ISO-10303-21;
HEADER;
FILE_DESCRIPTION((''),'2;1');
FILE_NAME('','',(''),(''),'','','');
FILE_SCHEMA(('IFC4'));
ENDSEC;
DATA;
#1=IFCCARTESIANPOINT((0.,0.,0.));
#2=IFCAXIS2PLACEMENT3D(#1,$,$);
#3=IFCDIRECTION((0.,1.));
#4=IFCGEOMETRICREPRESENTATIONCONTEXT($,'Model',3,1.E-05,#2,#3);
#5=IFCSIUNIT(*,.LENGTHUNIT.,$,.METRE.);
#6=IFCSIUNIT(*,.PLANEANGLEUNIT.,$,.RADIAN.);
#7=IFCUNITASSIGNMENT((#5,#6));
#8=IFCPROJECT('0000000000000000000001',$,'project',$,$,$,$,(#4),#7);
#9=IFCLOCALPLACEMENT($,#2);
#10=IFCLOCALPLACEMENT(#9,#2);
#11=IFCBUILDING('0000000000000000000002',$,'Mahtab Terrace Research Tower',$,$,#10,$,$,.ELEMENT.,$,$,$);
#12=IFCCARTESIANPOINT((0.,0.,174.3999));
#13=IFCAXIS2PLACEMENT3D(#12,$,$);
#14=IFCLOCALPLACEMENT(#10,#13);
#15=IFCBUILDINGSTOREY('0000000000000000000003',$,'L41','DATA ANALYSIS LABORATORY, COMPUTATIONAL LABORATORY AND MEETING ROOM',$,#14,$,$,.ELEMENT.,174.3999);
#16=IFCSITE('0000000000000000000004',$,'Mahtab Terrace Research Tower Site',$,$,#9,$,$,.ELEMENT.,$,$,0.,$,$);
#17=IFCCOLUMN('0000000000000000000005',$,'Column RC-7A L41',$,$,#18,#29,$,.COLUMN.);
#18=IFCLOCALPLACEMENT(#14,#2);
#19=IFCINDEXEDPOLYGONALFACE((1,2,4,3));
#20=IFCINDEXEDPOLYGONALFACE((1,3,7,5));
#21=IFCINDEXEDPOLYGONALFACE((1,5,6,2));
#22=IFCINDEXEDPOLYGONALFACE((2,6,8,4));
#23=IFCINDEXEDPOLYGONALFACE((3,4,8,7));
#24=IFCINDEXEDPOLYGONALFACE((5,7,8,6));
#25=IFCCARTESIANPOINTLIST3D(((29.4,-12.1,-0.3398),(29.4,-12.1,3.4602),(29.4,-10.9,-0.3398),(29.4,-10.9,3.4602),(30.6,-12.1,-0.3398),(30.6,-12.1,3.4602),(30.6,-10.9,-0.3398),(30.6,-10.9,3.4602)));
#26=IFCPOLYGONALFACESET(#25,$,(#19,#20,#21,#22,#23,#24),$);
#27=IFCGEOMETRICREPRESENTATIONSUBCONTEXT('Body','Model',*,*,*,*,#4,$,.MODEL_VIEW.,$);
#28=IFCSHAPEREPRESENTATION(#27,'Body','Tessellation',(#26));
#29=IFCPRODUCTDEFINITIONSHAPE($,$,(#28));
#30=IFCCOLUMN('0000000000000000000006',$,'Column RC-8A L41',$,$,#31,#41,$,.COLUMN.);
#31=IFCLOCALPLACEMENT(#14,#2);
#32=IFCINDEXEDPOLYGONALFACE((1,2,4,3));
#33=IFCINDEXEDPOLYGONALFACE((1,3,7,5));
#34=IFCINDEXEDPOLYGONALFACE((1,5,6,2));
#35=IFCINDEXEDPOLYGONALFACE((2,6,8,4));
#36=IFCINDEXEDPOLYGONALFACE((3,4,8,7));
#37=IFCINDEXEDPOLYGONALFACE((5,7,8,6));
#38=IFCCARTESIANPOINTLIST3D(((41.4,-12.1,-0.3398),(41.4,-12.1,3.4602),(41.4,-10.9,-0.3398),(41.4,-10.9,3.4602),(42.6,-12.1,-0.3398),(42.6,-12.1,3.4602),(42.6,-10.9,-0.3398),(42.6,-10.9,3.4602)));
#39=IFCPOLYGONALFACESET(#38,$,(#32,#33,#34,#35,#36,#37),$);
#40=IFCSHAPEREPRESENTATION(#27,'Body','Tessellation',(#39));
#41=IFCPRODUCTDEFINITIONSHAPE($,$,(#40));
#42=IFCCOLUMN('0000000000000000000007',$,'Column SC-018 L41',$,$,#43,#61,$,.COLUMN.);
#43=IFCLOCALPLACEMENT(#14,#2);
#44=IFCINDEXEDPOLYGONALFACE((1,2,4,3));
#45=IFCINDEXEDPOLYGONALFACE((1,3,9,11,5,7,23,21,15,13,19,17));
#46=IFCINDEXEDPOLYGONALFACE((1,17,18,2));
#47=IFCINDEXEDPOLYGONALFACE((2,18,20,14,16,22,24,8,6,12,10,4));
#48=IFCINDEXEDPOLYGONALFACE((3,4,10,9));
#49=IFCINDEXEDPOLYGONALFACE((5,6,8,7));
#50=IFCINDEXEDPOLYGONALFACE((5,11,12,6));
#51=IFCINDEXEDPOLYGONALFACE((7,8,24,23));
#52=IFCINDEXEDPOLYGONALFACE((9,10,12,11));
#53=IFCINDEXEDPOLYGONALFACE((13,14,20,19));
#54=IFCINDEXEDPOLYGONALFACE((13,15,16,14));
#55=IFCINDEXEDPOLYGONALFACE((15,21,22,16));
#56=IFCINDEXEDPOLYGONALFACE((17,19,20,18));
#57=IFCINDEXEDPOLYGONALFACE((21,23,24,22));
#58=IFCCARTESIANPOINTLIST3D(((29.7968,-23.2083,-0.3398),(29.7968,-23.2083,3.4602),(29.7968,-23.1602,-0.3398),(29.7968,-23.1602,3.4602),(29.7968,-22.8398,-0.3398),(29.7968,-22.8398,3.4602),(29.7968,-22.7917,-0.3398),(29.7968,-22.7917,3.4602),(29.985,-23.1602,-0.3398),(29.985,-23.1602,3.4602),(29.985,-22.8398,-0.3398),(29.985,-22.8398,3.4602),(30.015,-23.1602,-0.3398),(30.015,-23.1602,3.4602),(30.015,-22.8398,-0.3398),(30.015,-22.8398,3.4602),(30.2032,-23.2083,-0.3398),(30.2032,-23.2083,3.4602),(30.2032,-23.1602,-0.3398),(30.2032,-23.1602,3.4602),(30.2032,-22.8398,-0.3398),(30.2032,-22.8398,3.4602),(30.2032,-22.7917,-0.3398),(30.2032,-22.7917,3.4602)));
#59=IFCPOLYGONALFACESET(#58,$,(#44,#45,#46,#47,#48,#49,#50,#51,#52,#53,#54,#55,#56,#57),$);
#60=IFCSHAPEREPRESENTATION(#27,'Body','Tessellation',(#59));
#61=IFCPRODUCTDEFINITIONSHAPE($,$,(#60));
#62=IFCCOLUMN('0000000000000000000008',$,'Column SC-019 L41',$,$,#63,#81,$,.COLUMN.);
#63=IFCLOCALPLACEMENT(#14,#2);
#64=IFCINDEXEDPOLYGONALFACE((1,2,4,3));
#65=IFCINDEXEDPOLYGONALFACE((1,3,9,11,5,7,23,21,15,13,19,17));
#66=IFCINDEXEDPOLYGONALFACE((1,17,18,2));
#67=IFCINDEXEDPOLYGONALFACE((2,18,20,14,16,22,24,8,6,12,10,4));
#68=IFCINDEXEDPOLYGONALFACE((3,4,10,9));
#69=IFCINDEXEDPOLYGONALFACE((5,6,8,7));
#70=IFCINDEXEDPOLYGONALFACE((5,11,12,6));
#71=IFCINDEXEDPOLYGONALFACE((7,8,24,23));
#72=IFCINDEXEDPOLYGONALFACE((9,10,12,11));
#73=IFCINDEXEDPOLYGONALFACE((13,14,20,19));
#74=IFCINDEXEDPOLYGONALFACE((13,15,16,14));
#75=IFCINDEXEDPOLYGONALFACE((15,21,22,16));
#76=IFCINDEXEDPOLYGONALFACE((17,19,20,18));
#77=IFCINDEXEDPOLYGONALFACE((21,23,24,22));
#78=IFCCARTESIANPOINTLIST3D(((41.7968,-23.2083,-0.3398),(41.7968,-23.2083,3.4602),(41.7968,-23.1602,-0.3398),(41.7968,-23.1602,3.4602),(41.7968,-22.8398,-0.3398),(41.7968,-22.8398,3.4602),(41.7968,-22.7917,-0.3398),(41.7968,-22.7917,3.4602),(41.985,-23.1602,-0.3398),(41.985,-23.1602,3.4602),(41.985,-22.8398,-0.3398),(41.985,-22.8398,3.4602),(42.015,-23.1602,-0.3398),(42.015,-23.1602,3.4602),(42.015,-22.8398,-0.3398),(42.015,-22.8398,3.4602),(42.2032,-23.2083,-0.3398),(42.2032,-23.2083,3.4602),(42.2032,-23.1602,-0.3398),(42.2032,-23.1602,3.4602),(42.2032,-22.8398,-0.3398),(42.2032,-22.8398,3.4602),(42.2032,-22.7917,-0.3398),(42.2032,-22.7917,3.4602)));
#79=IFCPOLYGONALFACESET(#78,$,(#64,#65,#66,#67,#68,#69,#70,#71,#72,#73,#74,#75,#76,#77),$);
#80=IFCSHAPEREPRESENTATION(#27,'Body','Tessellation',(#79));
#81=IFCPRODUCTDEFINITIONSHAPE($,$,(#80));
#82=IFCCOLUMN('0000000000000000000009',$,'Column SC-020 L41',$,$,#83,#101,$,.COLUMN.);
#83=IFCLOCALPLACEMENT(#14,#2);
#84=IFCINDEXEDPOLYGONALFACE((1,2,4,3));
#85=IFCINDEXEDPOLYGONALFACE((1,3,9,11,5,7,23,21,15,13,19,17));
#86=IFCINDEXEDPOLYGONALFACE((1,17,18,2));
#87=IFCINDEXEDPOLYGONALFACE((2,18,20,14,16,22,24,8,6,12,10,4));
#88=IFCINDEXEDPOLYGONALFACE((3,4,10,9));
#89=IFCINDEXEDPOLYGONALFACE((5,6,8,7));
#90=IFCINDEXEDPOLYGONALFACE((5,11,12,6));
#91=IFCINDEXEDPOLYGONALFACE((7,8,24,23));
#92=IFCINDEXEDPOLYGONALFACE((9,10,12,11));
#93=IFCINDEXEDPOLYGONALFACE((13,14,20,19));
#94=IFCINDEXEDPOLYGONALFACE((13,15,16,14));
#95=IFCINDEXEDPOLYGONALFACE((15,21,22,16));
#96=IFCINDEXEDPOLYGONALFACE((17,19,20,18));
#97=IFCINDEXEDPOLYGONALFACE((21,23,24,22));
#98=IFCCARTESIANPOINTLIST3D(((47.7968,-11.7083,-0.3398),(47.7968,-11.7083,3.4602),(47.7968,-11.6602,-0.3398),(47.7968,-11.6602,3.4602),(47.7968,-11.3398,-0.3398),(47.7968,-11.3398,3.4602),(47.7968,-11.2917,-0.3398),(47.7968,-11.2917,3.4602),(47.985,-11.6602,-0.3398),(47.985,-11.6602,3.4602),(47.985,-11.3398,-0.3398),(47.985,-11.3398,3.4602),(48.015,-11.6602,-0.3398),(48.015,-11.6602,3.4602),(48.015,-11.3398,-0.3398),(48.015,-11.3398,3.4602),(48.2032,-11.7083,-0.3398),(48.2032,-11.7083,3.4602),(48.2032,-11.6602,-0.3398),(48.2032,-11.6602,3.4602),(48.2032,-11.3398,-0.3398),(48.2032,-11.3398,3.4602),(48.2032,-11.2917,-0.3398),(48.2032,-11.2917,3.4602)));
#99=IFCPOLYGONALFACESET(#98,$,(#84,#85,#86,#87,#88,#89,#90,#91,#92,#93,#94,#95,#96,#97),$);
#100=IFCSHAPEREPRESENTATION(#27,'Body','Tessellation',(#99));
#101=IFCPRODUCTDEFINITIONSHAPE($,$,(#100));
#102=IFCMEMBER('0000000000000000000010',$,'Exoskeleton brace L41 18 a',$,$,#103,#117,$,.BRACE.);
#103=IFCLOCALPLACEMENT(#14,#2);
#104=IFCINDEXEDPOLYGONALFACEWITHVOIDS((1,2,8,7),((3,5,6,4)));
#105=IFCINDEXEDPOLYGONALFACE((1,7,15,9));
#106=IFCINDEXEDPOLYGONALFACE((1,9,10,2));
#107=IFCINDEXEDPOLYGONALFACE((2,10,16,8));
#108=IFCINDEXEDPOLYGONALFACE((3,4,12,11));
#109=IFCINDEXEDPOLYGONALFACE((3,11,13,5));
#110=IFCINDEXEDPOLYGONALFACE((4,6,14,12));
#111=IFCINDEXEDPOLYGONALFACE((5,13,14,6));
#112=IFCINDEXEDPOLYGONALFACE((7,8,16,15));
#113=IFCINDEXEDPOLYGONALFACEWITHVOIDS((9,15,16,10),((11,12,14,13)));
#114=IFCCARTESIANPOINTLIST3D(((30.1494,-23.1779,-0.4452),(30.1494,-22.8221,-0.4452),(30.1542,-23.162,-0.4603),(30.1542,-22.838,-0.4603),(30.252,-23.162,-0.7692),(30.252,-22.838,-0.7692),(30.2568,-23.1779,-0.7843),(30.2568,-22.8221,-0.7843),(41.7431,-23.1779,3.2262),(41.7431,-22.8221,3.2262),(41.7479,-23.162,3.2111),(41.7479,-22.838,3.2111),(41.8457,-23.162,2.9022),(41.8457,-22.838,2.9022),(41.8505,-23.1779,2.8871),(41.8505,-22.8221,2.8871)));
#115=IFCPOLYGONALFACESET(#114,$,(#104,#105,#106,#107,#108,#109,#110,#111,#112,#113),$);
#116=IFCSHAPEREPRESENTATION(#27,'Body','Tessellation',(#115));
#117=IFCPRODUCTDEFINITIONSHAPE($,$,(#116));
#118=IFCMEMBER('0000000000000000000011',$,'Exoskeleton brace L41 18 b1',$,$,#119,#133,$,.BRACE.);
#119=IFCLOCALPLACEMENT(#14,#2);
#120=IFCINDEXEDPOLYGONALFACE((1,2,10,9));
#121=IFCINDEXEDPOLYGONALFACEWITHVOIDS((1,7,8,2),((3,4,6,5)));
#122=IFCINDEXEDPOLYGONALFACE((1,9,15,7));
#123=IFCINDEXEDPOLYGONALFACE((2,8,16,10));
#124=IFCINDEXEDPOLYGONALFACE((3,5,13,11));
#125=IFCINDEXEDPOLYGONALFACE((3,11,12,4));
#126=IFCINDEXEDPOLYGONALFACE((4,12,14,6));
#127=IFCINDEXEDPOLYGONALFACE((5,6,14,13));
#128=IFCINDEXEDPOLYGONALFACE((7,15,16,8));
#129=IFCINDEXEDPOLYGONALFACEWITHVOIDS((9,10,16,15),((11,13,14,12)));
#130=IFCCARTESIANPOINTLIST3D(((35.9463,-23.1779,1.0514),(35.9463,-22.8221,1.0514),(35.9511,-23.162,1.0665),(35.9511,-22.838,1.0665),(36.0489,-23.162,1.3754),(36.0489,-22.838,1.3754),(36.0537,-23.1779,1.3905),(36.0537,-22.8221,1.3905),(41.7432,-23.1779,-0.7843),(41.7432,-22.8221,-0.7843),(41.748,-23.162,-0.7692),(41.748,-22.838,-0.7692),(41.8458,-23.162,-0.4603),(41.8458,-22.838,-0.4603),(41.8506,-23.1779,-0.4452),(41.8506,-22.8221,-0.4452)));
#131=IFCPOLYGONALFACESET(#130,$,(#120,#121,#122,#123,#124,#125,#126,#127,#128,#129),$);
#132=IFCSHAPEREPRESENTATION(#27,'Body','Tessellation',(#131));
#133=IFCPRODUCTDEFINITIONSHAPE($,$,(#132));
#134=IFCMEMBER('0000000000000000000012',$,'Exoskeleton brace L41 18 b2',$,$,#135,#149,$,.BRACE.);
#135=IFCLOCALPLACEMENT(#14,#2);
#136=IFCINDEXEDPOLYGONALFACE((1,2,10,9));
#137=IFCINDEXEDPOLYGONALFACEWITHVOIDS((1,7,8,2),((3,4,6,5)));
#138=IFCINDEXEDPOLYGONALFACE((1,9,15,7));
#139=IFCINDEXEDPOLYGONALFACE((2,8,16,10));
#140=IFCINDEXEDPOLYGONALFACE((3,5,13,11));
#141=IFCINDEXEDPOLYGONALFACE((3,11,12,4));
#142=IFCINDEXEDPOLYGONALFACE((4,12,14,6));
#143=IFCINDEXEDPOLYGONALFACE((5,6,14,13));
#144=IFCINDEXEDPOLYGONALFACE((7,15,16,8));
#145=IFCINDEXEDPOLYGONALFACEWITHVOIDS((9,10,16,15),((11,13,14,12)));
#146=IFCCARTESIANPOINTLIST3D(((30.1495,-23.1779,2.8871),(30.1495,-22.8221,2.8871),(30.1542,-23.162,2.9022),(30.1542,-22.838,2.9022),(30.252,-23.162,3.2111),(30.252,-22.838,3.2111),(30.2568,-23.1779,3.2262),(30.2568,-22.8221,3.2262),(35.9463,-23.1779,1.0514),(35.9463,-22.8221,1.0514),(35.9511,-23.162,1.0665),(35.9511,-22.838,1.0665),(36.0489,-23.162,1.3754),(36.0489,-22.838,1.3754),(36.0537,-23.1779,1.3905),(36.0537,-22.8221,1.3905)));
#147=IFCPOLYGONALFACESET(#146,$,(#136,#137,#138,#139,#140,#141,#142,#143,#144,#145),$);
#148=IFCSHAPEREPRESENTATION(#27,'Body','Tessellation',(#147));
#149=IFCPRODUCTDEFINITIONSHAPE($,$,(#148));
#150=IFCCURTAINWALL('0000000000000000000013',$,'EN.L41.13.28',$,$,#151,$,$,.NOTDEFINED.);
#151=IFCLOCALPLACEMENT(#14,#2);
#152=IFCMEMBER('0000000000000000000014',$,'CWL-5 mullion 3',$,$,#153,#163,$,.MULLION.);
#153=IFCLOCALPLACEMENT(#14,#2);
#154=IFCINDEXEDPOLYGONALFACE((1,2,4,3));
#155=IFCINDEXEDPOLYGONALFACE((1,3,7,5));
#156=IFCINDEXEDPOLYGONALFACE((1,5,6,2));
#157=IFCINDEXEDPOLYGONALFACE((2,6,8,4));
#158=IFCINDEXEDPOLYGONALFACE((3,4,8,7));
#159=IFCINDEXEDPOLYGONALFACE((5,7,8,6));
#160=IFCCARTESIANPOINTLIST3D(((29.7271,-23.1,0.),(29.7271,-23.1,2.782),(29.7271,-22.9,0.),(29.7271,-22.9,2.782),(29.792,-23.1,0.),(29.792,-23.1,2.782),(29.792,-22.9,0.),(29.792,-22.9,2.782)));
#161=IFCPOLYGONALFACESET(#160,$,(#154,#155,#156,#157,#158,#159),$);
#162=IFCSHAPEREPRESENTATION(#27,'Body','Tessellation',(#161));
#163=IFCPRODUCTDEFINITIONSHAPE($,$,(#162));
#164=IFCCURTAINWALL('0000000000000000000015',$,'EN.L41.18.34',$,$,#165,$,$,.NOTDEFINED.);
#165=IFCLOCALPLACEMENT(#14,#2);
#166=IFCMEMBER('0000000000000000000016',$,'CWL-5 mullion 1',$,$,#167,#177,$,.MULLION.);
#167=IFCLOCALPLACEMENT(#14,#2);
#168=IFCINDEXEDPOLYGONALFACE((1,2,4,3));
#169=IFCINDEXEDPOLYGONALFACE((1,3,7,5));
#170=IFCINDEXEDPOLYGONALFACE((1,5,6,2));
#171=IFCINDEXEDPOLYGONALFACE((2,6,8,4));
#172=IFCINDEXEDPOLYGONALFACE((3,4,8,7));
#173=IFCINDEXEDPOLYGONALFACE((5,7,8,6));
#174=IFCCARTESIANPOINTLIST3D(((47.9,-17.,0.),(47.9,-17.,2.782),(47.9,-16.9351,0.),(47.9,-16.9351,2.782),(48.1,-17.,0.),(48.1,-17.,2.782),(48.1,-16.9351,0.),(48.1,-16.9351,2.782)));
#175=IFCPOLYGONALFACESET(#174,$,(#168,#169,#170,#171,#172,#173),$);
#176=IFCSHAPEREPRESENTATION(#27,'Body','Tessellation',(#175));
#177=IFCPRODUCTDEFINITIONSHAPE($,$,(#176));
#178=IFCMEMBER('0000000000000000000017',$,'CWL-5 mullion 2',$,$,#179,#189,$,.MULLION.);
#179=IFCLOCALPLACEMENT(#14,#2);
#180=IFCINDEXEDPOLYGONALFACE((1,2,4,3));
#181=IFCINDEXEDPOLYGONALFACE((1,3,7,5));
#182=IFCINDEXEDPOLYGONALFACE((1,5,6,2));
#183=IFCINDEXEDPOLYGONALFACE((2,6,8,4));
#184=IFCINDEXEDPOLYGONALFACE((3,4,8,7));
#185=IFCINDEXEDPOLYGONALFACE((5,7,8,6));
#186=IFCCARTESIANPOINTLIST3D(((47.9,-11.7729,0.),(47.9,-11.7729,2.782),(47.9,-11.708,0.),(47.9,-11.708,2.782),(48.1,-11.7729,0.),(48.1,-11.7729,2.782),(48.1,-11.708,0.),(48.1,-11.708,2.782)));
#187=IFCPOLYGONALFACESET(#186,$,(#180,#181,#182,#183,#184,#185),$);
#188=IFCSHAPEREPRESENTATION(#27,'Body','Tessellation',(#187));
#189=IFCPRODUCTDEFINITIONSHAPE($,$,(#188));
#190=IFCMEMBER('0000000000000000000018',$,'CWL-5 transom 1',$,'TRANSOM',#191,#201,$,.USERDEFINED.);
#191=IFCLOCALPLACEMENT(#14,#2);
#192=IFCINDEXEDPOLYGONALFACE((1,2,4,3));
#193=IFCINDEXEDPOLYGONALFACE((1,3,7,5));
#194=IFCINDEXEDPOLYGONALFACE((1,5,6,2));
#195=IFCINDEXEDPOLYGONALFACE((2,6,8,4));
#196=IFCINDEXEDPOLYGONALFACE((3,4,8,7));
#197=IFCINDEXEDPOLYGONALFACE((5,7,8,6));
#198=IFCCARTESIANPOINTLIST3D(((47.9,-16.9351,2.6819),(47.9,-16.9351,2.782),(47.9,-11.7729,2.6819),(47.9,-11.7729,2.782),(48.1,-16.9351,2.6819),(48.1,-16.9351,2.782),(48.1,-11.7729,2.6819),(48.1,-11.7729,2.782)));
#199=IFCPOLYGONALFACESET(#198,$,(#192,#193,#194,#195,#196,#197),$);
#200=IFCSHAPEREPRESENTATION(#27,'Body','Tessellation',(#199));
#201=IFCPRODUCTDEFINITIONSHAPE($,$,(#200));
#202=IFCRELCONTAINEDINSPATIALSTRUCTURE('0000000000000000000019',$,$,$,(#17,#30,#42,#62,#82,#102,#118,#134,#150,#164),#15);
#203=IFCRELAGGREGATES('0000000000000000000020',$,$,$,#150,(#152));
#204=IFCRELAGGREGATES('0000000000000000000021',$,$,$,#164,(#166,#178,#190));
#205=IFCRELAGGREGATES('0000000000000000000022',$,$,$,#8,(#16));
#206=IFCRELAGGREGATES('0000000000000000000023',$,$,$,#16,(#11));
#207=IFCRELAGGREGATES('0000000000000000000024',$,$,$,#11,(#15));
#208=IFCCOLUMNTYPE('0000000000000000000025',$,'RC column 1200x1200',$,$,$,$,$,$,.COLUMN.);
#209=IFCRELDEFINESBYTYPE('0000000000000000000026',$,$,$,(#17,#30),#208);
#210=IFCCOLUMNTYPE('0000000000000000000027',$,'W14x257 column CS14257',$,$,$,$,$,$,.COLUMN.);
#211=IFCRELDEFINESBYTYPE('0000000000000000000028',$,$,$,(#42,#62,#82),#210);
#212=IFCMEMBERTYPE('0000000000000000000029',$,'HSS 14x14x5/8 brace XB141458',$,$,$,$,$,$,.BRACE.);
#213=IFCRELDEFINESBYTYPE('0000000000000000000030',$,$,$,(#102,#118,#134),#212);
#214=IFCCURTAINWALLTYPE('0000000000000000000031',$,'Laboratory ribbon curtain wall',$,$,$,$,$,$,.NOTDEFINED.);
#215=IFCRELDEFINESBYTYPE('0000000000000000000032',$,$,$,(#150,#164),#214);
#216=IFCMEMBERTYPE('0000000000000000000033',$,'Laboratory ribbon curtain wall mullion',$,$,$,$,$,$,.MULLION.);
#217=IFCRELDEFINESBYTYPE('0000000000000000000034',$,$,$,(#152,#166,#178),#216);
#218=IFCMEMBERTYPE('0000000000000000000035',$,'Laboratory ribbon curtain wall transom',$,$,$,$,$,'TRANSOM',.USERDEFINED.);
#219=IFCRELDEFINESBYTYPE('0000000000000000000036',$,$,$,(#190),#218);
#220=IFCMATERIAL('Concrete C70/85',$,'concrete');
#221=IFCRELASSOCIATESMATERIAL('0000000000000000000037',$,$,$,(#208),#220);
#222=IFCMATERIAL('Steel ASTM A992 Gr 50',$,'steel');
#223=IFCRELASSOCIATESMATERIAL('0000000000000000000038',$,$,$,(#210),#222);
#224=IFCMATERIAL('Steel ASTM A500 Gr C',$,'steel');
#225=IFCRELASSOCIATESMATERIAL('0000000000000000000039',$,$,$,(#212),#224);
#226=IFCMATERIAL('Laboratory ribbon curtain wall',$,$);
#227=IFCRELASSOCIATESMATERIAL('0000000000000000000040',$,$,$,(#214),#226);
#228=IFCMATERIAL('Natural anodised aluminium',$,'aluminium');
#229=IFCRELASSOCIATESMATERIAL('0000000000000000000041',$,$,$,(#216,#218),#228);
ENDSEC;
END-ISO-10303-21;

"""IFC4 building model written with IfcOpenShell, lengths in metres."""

from ifc_helpers import new_model, si_unit, direction, frame, origin, origin_2d, place, context, subcontext, project, spatial, rectangle, hollow_rectangle, i_section, extrude, material, material_profile, profile_set, type_object, element, aggregate, save


model = new_model("IFC4")

# Units and contexts
model_context = context("Model", 3, precision=1e-05, world=origin(), true_north=direction((0.0, 1.0)))
body_context = subcontext(model_context, "Body", "Model", "MODEL_VIEW")
ifc_project = project(units=[si_unit("LENGTHUNIT", "METRE"), si_unit("PLANEANGLEUNIT", "RADIAN")], contexts=[model_context])

# Site, building, storey
site_placement = place(None, origin())
site = spatial("IfcSite", under=ifc_project, at=site_placement, Name="Mahtab Terrace Research Tower Site", CompositionType="ELEMENT", RefElevation=0.0)
building_placement = place(site_placement, origin())
building = spatial("IfcBuilding", under=site, at=building_placement, Name="Mahtab Terrace Research Tower", CompositionType="ELEMENT")
storey_placement = place(building_placement, frame((0.0, 0.0, 174.3999)))
storey = spatial("IfcBuildingStorey", under=building, at=storey_placement, Name="L41", Description="DATA ANALYSIS LABORATORY, COMPUTATIONAL LABORATORY AND MEETING ROOM", CompositionType="ELEMENT", Elevation=174.3999)

# Columns
ifc_material_1 = material(Name="Concrete C70/85", Category="concrete")
ifc_material_profile_1 = material_profile(ifc_material_1, rectangle(XDim=1.2, YDim=1.2, at=origin_2d()), Name="RC column 1200x1200")
ifc_profile_set_1 = profile_set([ifc_material_profile_1], Name="Concrete C70/85")
column_type_1 = type_object("IfcColumnType", Name="RC column 1200x1200", PredefinedType="COLUMN", material=ifc_profile_set_1)
for number, where, z_axis, x_axis, name in (
    (1, (30.0, -11.5, -0.3398), (0.0, 0.0, 1.0), (1.0, 0.0, 0.0), "Column RC-7A L41"),
    (2, (42.0, -11.5, -0.3398), (0.0, 0.0, 1.0), (1.0, 0.0, 0.0), "Column RC-8A L41"),
):
    element("IfcColumn", number, at=place(storey_placement, frame(where, z_axis=z_axis, x_axis=x_axis)), inside=storey, type_object=column_type_1, Name=name, PredefinedType="COLUMN", context=body_context, shape_type="SweptSolid", body=[
        extrude(rectangle(XDim=1.2, YDim=1.2, at=origin_2d()), origin(), (0.0, 0.0, 1.0), 3.8),
    ])
ifc_material_2 = material(Name="Steel ASTM A992 Gr 50", Category="steel")
ifc_material_profile_2 = material_profile(ifc_material_2, i_section(OverallWidth=0.4065, OverallDepth=0.4165, WebThickness=0.03, FlangeThickness=0.0481, at=origin_2d()), Name="W14X257")
ifc_profile_set_2 = profile_set([ifc_material_profile_2], Name="Steel ASTM A992 Gr 50")
column_type_2 = type_object("IfcColumnType", Name="W14x257 column CS14257", PredefinedType="COLUMN", material=ifc_profile_set_2)
for number, where, z_axis, x_axis, name in (
    (3, (30.0, -23.0, -0.3398), (0.0, 0.0, 1.0), (1.0, 0.0, 0.0), "Column SC-018 L41"),
    (4, (42.0, -23.0, -0.3398), (0.0, 0.0, 1.0), (1.0, 0.0, 0.0), "Column SC-019 L41"),
    (5, (48.0, -11.5, -0.3398), (0.0, 0.0, 1.0), (1.0, 0.0, 0.0), "Column SC-020 L41"),
):
    element("IfcColumn", number, at=place(storey_placement, frame(where, z_axis=z_axis, x_axis=x_axis)), inside=storey, type_object=column_type_2, Name=name, PredefinedType="COLUMN", context=body_context, shape_type="SweptSolid", body=[
        extrude(i_section(OverallWidth=0.4065, OverallDepth=0.4165, WebThickness=0.03, FlangeThickness=0.0481, at=origin_2d()), origin(), (0.0, 0.0, 1.0), 3.8),
    ])

# Members
ifc_material_3 = material(Name="Steel ASTM A500 Gr C", Category="steel")
ifc_material_profile_3 = material_profile(ifc_material_3, hollow_rectangle(XDim=0.3557, YDim=0.3557, WallThickness=0.0159, at=origin_2d()), Name="HSS14X14X5/8")
ifc_profile_set_3 = profile_set([ifc_material_profile_3], Name="Steel ASTM A500 Gr C")
member_type_1 = type_object("IfcMemberType", Name="HSS 14x14x5/8 brace XB141458", PredefinedType="BRACE", material=ifc_profile_set_3)
member_1_placement = place(storey_placement, frame((30.2031, -23.0, -0.6147), z_axis=(0.953341, 0.0, 0.301894), x_axis=(0.0, 1.0, 0.0)))
element("IfcMember", 6, at=member_1_placement, inside=storey, type_object=member_type_1, Name="Exoskeleton brace L41 18 a", PredefinedType="BRACE", context=body_context, shape_type="SweptSolid", body=[
    extrude(hollow_rectangle(XDim=0.3557, YDim=0.3557, WallThickness=0.0159, at=origin_2d()), origin(), (0.0, 0.0, 1.0), 12.1611),
])
for number, where, z_axis, x_axis, name in (
    (7, (41.7969, -23.0, -0.6147), (-0.953341, 0.0, 0.301894), (0.0, -1.0, 0.0), "Exoskeleton brace L41 18 b1"),
    (8, (36.0, -23.0, 1.2209), (-0.953341, 0.0, 0.301894), (0.0, -1.0, 0.0), "Exoskeleton brace L41 18 b2"),
):
    element("IfcMember", number, at=place(storey_placement, frame(where, z_axis=z_axis, x_axis=x_axis)), inside=storey, type_object=member_type_1, Name=name, PredefinedType="BRACE", context=body_context, shape_type="SweptSolid", body=[
        extrude(hollow_rectangle(XDim=0.3557, YDim=0.3557, WallThickness=0.0159, at=origin_2d()), origin(), (0.0, 0.0, 1.0), 6.0806),
    ])

# Curtain wall, member
ifc_material_4 = material(Name="Laboratory ribbon curtain wall")
curtain_wall_type = type_object("IfcCurtainWallType", Name="Laboratory ribbon curtain wall", PredefinedType="NOTDEFINED", material=ifc_material_4)
curtain_wall_1_placement = place(storey_placement, origin())
curtain_wall_1 = element("IfcCurtainWall", 9, at=curtain_wall_1_placement, inside=storey, type_object=curtain_wall_type, Name="EN.L41.13.28", PredefinedType="NOTDEFINED")
ifc_material_5 = material(Name="Natural anodised aluminium", Category="aluminium")
ifc_material_profile_4 = material_profile(ifc_material_5, rectangle(XDim=0.2, YDim=0.0649, at=origin_2d()), Name="MULLION 65x200")
ifc_profile_set_4 = profile_set([ifc_material_profile_4], Name="Natural anodised aluminium")
member_type_2 = type_object("IfcMemberType", Name="Laboratory ribbon curtain wall mullion", PredefinedType="MULLION", material=ifc_profile_set_4)
member_2_placement = place(storey_placement, frame((29.7595, -23.0, 0.0), z_axis=(0.0, 0.0, 1.0), x_axis=(0.0, 1.0, 0.0)))
member_2 = element("IfcMember", 10, at=member_2_placement, type_object=member_type_2, Name="CWL-5 mullion 3", PredefinedType="MULLION", context=body_context, shape_type="SweptSolid", body=[
    extrude(rectangle(XDim=0.2, YDim=0.0649, at=origin_2d()), origin(), (0.0, 0.0, 1.0), 2.782),
])

# Curtain wall, members
curtain_wall_2_placement = place(storey_placement, origin())
curtain_wall_2 = element("IfcCurtainWall", 11, at=curtain_wall_2_placement, inside=storey, type_object=curtain_wall_type, Name="EN.L41.18.34", PredefinedType="NOTDEFINED")
member_3_placement = place(storey_placement, frame((48.0, -16.9675, 0.0), z_axis=(0.0, 0.0, 1.0), x_axis=(-1.0, 0.0, 0.0)))
member_3 = element("IfcMember", 12, at=member_3_placement, type_object=member_type_2, Name="CWL-5 mullion 1", PredefinedType="MULLION", context=body_context, shape_type="SweptSolid", body=[
    extrude(rectangle(XDim=0.2, YDim=0.0649, at=origin_2d()), origin(), (0.0, 0.0, 1.0), 2.782),
])
member_4_placement = place(storey_placement, frame((48.0, -11.7405, 0.0), z_axis=(0.0, 0.0, 1.0), x_axis=(-1.0, 0.0, 0.0)))
member_4 = element("IfcMember", 13, at=member_4_placement, type_object=member_type_2, Name="CWL-5 mullion 2", PredefinedType="MULLION", context=body_context, shape_type="SweptSolid", body=[
    extrude(rectangle(XDim=0.2, YDim=0.0649, at=origin_2d()), origin(), (0.0, 0.0, 1.0), 2.782),
])
ifc_material_profile_5 = material_profile(ifc_material_5, rectangle(XDim=0.2, YDim=0.1001, at=origin_2d()), Name="TRANSOM 100x200")
ifc_profile_set_5 = profile_set([ifc_material_profile_5], Name="Natural anodised aluminium")
member_type_3 = type_object("IfcMemberType", Name="Laboratory ribbon curtain wall transom", ElementType="TRANSOM", PredefinedType="USERDEFINED", material=ifc_profile_set_5)
member_5_placement = place(storey_placement, frame((48.0, -16.9351, 2.7319), z_axis=(0.0, 1.0, 0.0), x_axis=(-1.0, 0.0, 0.0)))
member_5 = element("IfcMember", 14, at=member_5_placement, type_object=member_type_3, Name="CWL-5 transom 1", ObjectType="TRANSOM", PredefinedType="USERDEFINED", context=body_context, shape_type="SweptSolid", body=[
    extrude(rectangle(XDim=0.2, YDim=0.1001, at=origin_2d()), origin(), (0.0, 0.0, 1.0), 5.1621),
])

aggregate(curtain_wall_1, [member_2])
aggregate(curtain_wall_2, [member_3, member_4, member_5])

save(model, "model.ifc")
